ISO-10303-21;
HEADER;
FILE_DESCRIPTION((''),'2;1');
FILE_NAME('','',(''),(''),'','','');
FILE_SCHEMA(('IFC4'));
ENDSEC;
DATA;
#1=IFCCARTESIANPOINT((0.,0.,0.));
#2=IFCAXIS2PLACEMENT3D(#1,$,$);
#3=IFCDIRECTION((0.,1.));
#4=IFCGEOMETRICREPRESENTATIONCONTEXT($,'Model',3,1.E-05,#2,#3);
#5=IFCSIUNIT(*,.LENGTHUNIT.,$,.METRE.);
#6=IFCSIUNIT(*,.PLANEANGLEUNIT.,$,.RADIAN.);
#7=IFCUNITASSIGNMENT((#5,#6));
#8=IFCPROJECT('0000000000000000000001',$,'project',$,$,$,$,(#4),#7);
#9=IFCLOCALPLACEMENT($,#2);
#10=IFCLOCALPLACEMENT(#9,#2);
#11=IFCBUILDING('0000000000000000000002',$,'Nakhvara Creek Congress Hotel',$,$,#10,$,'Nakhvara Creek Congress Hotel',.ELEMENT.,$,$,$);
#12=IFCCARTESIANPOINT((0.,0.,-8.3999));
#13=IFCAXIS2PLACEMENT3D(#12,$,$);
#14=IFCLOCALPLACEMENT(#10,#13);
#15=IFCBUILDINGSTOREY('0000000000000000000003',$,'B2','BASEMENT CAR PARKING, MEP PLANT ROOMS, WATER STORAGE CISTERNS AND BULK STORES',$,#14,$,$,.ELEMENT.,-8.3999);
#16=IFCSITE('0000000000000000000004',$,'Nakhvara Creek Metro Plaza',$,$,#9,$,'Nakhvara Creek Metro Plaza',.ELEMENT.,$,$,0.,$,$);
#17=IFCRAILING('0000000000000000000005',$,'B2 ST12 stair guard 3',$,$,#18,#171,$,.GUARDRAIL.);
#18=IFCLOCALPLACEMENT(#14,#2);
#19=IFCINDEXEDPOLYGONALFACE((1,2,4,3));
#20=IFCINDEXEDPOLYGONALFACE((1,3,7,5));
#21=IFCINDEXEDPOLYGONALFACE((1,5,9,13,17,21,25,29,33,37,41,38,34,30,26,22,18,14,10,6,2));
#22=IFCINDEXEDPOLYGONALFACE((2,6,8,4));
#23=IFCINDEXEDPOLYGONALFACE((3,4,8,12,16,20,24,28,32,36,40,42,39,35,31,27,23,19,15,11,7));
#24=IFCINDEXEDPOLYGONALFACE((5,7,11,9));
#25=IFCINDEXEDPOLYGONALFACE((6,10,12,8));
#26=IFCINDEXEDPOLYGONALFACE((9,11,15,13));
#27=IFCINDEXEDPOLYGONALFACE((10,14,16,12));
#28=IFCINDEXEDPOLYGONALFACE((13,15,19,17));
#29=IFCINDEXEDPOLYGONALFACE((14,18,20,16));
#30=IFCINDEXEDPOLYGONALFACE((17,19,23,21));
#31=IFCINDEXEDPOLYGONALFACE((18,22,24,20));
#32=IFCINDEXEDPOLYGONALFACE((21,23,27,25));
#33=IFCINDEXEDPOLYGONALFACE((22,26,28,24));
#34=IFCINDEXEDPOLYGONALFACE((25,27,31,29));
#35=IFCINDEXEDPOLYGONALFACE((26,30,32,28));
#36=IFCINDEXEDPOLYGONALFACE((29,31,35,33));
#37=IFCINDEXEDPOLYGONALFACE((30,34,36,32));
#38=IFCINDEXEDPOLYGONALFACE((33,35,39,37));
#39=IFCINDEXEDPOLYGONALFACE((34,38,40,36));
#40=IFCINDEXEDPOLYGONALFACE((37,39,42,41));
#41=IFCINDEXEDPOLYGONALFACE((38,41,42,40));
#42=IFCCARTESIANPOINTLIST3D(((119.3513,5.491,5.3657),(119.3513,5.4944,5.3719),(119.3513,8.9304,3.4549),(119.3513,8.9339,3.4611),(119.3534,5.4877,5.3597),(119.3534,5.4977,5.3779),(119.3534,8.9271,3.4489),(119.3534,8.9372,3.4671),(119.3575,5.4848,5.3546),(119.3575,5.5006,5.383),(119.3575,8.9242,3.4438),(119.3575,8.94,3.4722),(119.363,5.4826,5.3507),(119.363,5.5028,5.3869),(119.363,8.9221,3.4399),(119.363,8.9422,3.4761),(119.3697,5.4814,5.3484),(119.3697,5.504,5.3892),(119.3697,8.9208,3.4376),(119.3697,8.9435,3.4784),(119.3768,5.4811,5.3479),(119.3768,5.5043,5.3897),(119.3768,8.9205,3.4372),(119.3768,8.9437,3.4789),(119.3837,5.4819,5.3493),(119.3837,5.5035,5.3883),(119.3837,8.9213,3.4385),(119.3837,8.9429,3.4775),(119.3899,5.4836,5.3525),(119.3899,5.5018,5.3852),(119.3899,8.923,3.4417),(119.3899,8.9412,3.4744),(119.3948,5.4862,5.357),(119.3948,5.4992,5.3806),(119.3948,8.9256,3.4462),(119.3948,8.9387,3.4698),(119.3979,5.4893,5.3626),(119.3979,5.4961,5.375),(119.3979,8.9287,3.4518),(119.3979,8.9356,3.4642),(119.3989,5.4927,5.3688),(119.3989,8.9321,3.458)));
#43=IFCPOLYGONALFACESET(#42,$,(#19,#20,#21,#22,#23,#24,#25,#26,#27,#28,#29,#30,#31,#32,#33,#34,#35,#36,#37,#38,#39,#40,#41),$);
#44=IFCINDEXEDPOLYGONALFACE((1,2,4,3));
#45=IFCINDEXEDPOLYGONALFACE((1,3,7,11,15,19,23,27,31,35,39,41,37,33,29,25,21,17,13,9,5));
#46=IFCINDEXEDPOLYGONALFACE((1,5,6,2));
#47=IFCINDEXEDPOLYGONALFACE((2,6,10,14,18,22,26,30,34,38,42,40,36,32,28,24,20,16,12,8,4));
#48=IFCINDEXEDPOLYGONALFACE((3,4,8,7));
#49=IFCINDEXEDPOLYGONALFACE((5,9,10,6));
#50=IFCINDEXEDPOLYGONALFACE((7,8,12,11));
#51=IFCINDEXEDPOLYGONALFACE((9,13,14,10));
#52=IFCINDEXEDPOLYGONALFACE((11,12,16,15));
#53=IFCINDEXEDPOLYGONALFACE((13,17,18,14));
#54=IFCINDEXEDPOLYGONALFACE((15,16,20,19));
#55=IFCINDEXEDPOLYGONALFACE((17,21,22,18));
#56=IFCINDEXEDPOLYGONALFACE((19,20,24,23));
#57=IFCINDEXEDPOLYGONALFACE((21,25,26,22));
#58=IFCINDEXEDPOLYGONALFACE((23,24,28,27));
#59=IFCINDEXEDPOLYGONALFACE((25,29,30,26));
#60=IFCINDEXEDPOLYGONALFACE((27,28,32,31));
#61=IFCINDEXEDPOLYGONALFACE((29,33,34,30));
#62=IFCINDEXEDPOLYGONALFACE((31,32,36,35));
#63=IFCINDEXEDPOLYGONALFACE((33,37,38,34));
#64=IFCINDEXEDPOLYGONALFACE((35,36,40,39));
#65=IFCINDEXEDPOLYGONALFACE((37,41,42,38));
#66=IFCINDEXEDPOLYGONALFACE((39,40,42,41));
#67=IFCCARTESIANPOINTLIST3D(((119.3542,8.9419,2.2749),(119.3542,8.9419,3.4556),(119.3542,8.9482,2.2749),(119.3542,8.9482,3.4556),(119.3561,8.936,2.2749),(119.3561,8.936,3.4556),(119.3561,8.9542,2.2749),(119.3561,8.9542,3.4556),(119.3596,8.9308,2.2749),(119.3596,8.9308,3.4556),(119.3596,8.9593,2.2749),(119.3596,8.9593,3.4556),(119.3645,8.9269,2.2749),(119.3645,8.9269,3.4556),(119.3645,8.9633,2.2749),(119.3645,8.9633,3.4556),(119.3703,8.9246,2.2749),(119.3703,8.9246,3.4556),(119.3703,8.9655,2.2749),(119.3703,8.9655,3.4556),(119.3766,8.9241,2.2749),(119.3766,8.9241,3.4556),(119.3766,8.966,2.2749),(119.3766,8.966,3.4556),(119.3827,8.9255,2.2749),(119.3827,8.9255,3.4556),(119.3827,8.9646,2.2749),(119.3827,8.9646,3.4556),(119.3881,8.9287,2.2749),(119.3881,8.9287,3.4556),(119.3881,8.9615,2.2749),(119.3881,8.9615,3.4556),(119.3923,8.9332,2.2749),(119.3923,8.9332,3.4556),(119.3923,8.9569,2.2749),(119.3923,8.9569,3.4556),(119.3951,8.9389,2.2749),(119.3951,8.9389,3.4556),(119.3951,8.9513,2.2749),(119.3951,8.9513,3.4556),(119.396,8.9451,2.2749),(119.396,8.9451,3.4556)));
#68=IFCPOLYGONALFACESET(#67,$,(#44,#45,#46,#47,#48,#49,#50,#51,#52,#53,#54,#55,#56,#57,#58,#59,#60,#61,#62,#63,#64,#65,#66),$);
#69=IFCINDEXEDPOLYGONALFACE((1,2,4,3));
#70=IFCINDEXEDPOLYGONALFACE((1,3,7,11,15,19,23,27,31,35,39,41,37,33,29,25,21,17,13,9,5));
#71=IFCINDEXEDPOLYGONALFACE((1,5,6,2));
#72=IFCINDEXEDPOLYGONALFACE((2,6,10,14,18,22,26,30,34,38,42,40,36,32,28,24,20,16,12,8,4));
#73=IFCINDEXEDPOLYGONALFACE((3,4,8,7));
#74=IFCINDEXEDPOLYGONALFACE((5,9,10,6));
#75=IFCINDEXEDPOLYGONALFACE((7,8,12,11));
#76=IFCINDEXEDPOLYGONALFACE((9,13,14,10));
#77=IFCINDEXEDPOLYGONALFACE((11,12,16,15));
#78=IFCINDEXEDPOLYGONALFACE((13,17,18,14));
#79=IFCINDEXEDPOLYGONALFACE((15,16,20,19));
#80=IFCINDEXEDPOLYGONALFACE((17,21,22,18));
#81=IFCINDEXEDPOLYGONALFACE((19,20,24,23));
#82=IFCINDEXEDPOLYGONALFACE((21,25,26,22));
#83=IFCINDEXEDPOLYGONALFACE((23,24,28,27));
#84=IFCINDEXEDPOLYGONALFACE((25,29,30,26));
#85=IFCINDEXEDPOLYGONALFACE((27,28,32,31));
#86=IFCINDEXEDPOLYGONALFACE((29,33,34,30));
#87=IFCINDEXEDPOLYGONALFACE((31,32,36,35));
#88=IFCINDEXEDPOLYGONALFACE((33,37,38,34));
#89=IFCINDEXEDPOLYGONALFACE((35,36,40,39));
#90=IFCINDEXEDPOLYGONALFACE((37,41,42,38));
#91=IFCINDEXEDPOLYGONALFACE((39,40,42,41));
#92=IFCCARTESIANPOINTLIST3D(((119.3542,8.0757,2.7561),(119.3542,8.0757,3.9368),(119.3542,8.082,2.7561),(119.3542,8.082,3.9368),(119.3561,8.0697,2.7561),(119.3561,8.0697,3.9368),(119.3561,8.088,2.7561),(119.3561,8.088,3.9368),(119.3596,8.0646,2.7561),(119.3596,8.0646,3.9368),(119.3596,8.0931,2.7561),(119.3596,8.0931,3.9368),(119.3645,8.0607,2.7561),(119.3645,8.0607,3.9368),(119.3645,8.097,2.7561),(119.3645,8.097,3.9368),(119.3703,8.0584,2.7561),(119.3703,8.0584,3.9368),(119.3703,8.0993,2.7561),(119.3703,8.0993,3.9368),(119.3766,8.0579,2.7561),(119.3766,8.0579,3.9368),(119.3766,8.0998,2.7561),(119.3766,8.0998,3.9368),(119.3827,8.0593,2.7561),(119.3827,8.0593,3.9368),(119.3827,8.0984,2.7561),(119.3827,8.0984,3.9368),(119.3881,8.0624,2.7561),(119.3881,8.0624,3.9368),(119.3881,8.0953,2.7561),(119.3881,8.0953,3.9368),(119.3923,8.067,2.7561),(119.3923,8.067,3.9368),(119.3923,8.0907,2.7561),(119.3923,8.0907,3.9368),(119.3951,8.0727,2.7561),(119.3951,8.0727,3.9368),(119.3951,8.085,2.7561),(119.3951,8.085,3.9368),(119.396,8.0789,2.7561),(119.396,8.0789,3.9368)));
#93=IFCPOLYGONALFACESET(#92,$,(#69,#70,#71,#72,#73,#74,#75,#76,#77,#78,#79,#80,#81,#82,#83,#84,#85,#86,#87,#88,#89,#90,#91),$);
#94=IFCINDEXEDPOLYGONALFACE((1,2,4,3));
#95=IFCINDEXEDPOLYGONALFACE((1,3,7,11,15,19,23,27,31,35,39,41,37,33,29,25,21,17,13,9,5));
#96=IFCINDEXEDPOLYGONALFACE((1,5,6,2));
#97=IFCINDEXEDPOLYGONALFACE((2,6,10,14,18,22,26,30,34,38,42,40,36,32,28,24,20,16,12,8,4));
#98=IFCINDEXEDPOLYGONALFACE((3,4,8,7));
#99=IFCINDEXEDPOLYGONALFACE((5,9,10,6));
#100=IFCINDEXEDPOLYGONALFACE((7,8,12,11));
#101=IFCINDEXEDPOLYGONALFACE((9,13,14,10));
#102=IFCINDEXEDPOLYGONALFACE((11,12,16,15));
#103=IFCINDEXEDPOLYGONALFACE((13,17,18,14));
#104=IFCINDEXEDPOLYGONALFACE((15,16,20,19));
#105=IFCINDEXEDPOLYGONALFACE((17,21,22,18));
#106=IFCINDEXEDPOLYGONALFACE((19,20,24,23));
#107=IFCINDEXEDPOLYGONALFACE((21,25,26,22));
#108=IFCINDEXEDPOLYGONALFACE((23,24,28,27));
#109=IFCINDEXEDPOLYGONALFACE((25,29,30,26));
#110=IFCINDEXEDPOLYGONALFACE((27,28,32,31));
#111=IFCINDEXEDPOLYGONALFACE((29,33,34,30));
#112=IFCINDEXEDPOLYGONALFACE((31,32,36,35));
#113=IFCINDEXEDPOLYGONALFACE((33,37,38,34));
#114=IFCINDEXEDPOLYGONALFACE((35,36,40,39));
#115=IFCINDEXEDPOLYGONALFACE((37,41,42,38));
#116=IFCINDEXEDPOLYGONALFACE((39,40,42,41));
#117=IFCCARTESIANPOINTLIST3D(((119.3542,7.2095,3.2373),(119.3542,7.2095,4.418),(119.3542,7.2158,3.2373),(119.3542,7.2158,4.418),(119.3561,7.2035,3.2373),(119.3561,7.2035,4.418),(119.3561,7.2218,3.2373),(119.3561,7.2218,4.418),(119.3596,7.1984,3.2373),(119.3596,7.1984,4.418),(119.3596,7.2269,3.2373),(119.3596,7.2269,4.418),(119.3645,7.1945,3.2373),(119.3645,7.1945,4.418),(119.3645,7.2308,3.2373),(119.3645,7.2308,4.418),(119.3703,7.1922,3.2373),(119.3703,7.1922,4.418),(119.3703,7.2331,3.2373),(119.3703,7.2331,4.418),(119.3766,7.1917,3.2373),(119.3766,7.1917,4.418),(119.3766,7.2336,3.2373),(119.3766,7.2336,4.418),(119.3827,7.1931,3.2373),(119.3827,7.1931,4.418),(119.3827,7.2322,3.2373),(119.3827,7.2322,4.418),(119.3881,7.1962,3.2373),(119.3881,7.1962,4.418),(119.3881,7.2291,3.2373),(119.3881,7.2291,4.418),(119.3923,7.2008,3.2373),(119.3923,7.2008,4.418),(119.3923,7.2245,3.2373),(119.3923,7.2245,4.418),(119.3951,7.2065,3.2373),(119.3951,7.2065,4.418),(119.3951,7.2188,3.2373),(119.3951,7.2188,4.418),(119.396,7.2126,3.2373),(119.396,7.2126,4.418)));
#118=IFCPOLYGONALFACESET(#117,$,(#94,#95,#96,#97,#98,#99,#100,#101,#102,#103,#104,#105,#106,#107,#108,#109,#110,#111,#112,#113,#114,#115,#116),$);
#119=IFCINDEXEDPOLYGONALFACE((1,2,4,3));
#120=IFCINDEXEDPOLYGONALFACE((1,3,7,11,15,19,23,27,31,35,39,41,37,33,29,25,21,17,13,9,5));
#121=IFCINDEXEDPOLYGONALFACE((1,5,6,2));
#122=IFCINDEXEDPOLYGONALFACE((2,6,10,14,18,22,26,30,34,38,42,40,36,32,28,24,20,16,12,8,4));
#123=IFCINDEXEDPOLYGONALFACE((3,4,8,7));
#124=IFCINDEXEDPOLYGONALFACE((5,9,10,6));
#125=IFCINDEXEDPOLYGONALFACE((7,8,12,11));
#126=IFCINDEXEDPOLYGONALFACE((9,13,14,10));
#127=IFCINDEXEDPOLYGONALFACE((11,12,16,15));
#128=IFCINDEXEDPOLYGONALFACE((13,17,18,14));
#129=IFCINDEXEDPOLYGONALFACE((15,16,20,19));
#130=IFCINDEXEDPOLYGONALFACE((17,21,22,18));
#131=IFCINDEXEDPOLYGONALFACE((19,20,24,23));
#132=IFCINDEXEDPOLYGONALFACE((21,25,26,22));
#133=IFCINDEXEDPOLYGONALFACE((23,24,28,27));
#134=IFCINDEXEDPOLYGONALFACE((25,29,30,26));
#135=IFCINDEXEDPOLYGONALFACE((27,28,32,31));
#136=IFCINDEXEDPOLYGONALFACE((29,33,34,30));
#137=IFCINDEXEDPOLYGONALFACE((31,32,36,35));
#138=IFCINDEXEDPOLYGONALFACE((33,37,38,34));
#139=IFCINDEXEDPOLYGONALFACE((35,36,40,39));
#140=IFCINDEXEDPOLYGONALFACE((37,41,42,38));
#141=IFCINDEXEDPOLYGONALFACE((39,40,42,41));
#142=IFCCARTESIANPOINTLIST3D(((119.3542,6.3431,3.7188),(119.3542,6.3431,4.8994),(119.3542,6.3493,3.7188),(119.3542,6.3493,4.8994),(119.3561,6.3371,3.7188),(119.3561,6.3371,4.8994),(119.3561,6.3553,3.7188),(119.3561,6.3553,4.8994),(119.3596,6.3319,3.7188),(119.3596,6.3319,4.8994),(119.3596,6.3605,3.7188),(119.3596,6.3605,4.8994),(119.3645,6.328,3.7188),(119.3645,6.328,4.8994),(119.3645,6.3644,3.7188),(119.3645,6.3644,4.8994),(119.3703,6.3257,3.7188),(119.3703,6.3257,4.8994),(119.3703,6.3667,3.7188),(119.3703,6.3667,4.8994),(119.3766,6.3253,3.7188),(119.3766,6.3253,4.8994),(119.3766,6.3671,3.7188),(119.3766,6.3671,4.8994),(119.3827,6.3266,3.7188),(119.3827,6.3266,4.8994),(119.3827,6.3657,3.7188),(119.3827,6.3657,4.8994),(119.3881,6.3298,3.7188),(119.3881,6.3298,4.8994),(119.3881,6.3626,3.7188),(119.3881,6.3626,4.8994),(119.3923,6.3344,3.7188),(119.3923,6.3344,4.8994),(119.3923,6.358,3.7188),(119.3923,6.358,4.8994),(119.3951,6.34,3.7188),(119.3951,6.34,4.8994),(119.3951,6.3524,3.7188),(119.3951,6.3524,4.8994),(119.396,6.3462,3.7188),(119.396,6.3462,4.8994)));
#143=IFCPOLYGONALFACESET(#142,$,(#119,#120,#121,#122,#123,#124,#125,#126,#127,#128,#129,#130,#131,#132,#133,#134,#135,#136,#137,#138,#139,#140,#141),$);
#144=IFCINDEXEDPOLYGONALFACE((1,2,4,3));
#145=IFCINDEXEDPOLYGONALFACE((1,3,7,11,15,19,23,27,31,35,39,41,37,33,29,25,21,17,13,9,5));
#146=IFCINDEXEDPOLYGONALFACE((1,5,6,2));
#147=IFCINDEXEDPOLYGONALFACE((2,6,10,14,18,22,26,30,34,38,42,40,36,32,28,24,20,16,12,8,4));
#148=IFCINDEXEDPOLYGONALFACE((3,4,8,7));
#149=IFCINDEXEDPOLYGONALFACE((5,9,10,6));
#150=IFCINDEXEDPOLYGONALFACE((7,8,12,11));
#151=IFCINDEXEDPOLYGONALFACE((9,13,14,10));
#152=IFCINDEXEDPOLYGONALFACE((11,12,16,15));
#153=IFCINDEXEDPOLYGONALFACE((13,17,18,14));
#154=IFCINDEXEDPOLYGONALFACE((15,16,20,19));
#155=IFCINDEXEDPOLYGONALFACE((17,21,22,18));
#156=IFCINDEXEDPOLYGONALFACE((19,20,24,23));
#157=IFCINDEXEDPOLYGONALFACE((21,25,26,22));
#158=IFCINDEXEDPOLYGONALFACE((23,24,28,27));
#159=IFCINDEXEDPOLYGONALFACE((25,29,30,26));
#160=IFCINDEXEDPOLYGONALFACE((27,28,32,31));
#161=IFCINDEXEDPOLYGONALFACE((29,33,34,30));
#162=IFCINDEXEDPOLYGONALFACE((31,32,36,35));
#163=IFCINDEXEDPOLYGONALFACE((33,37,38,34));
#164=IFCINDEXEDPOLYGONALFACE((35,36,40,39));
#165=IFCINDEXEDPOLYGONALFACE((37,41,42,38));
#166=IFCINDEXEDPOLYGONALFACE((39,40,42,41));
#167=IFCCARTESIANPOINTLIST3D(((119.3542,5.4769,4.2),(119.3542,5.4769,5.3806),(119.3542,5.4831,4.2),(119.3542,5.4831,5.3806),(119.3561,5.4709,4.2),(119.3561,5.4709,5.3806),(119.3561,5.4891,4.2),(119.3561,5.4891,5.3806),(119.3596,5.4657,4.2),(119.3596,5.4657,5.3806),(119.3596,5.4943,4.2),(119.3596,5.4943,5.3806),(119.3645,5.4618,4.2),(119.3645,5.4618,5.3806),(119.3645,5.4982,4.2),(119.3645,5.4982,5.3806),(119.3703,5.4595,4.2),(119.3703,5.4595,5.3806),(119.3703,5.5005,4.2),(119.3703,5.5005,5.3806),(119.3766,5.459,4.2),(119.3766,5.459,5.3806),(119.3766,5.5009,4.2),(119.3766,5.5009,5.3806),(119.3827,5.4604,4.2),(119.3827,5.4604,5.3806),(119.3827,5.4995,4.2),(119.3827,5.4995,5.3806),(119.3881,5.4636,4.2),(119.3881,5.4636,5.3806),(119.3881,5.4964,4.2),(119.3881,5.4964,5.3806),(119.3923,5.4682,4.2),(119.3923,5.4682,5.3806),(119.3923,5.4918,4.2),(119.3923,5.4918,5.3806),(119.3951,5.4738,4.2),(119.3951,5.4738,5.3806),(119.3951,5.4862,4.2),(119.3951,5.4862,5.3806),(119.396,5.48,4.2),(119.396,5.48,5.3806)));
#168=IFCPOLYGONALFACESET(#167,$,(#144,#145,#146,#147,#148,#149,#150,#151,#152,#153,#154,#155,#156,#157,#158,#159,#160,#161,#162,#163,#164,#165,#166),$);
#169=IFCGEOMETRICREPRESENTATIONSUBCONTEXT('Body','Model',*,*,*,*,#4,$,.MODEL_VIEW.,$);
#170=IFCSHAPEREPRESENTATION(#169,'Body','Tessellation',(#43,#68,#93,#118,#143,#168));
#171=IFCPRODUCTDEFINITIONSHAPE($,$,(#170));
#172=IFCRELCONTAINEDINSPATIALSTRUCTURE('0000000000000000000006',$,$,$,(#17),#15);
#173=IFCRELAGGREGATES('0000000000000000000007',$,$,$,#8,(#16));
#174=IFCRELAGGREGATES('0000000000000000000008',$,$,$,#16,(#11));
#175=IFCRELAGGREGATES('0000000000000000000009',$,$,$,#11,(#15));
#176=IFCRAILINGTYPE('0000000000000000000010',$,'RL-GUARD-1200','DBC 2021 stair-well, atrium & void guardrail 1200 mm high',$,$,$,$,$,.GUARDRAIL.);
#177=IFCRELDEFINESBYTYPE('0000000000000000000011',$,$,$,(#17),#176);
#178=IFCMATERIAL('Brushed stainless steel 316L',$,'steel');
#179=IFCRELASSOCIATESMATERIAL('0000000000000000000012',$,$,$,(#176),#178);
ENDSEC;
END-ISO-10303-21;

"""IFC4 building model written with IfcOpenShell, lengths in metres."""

from ifc_helpers import new_model, si_unit, direction, frame, origin, origin_2d, place, context, subcontext, project, spatial, circle, extrude, material, type_object, element, save


model = new_model("IFC4")

# Units and contexts
model_context = context("Model", 3, precision=1e-05, world=origin(), true_north=direction((0.0, 1.0)))
body_context = subcontext(model_context, "Body", "Model", "MODEL_VIEW")
ifc_project = project(units=[si_unit("LENGTHUNIT", "METRE"), si_unit("PLANEANGLEUNIT", "RADIAN")], contexts=[model_context])

# Site, building, storey
site_placement = place(None, origin())
site = spatial("IfcSite", under=ifc_project, at=site_placement, Name="Nakhvara Creek Metro Plaza", LongName="Nakhvara Creek Metro Plaza", CompositionType="ELEMENT", RefElevation=0.0)
building_placement = place(site_placement, origin())
building = spatial("IfcBuilding", under=site, at=building_placement, Name="Nakhvara Creek Congress Hotel", LongName="Nakhvara Creek Congress Hotel", CompositionType="ELEMENT")
storey_placement = place(building_placement, frame((0.0, 0.0, -8.3999)))
storey = spatial("IfcBuildingStorey", under=building, at=storey_placement, Name="B2", Description="BASEMENT CAR PARKING, MEP PLANT ROOMS, WATER STORAGE CISTERNS AND BULK STORES", CompositionType="ELEMENT", Elevation=-8.3999)

# Railing
ifc_material_1 = material(Name="Brushed stainless steel 316L", Category="steel")
railing_type_1 = type_object("IfcRailingType", Name="RL-GUARD-1200", Description="DBC 2021 stair-well, atrium & void guardrail 1200 mm high", PredefinedType="GUARDRAIL", material=ifc_material_1)
railing_1_placement = place(storey_placement, frame((119.375, 8.9451, 2.2749)))
element("IfcRailing", 1, at=railing_1_placement, inside=storey, type_object=railing_type_1, Name="B2 ST12 stair guard 3", PredefinedType="GUARDRAIL", context=body_context, shape_type="SweptSolid", body=[
    extrude(circle(Radius=0.0239, at=origin_2d()), frame((0.0, -0.0129, 1.1831), z_axis=(0.0, -0.874157, 0.485643), x_axis=(1.0, 0.0, 0.0)), (0.0, 0.0, 1.0), 3.9346),
    extrude(circle(Radius=0.021, at=origin_2d()), origin(), (0.0, 0.0, 1.0), 1.1807),
    extrude(circle(Radius=0.021, at=origin_2d()), frame((0.0, -0.8662, 0.4812)), (0.0, 0.0, 1.0), 1.1807),
    extrude(circle(Radius=0.021, at=origin_2d()), frame((0.0, -1.7324, 0.9624)), (0.0, 0.0, 1.0), 1.1807),
    extrude(circle(Radius=0.021, at=origin_2d()), frame((0.0, -2.5989, 1.4438)), (0.0, 0.0, 1.0), 1.1807),
    extrude(circle(Radius=0.021, at=origin_2d()), frame((0.0, -3.4651, 1.925)), (0.0, 0.0, 1.0), 1.1807),
])

save(model, "model.ifc")
